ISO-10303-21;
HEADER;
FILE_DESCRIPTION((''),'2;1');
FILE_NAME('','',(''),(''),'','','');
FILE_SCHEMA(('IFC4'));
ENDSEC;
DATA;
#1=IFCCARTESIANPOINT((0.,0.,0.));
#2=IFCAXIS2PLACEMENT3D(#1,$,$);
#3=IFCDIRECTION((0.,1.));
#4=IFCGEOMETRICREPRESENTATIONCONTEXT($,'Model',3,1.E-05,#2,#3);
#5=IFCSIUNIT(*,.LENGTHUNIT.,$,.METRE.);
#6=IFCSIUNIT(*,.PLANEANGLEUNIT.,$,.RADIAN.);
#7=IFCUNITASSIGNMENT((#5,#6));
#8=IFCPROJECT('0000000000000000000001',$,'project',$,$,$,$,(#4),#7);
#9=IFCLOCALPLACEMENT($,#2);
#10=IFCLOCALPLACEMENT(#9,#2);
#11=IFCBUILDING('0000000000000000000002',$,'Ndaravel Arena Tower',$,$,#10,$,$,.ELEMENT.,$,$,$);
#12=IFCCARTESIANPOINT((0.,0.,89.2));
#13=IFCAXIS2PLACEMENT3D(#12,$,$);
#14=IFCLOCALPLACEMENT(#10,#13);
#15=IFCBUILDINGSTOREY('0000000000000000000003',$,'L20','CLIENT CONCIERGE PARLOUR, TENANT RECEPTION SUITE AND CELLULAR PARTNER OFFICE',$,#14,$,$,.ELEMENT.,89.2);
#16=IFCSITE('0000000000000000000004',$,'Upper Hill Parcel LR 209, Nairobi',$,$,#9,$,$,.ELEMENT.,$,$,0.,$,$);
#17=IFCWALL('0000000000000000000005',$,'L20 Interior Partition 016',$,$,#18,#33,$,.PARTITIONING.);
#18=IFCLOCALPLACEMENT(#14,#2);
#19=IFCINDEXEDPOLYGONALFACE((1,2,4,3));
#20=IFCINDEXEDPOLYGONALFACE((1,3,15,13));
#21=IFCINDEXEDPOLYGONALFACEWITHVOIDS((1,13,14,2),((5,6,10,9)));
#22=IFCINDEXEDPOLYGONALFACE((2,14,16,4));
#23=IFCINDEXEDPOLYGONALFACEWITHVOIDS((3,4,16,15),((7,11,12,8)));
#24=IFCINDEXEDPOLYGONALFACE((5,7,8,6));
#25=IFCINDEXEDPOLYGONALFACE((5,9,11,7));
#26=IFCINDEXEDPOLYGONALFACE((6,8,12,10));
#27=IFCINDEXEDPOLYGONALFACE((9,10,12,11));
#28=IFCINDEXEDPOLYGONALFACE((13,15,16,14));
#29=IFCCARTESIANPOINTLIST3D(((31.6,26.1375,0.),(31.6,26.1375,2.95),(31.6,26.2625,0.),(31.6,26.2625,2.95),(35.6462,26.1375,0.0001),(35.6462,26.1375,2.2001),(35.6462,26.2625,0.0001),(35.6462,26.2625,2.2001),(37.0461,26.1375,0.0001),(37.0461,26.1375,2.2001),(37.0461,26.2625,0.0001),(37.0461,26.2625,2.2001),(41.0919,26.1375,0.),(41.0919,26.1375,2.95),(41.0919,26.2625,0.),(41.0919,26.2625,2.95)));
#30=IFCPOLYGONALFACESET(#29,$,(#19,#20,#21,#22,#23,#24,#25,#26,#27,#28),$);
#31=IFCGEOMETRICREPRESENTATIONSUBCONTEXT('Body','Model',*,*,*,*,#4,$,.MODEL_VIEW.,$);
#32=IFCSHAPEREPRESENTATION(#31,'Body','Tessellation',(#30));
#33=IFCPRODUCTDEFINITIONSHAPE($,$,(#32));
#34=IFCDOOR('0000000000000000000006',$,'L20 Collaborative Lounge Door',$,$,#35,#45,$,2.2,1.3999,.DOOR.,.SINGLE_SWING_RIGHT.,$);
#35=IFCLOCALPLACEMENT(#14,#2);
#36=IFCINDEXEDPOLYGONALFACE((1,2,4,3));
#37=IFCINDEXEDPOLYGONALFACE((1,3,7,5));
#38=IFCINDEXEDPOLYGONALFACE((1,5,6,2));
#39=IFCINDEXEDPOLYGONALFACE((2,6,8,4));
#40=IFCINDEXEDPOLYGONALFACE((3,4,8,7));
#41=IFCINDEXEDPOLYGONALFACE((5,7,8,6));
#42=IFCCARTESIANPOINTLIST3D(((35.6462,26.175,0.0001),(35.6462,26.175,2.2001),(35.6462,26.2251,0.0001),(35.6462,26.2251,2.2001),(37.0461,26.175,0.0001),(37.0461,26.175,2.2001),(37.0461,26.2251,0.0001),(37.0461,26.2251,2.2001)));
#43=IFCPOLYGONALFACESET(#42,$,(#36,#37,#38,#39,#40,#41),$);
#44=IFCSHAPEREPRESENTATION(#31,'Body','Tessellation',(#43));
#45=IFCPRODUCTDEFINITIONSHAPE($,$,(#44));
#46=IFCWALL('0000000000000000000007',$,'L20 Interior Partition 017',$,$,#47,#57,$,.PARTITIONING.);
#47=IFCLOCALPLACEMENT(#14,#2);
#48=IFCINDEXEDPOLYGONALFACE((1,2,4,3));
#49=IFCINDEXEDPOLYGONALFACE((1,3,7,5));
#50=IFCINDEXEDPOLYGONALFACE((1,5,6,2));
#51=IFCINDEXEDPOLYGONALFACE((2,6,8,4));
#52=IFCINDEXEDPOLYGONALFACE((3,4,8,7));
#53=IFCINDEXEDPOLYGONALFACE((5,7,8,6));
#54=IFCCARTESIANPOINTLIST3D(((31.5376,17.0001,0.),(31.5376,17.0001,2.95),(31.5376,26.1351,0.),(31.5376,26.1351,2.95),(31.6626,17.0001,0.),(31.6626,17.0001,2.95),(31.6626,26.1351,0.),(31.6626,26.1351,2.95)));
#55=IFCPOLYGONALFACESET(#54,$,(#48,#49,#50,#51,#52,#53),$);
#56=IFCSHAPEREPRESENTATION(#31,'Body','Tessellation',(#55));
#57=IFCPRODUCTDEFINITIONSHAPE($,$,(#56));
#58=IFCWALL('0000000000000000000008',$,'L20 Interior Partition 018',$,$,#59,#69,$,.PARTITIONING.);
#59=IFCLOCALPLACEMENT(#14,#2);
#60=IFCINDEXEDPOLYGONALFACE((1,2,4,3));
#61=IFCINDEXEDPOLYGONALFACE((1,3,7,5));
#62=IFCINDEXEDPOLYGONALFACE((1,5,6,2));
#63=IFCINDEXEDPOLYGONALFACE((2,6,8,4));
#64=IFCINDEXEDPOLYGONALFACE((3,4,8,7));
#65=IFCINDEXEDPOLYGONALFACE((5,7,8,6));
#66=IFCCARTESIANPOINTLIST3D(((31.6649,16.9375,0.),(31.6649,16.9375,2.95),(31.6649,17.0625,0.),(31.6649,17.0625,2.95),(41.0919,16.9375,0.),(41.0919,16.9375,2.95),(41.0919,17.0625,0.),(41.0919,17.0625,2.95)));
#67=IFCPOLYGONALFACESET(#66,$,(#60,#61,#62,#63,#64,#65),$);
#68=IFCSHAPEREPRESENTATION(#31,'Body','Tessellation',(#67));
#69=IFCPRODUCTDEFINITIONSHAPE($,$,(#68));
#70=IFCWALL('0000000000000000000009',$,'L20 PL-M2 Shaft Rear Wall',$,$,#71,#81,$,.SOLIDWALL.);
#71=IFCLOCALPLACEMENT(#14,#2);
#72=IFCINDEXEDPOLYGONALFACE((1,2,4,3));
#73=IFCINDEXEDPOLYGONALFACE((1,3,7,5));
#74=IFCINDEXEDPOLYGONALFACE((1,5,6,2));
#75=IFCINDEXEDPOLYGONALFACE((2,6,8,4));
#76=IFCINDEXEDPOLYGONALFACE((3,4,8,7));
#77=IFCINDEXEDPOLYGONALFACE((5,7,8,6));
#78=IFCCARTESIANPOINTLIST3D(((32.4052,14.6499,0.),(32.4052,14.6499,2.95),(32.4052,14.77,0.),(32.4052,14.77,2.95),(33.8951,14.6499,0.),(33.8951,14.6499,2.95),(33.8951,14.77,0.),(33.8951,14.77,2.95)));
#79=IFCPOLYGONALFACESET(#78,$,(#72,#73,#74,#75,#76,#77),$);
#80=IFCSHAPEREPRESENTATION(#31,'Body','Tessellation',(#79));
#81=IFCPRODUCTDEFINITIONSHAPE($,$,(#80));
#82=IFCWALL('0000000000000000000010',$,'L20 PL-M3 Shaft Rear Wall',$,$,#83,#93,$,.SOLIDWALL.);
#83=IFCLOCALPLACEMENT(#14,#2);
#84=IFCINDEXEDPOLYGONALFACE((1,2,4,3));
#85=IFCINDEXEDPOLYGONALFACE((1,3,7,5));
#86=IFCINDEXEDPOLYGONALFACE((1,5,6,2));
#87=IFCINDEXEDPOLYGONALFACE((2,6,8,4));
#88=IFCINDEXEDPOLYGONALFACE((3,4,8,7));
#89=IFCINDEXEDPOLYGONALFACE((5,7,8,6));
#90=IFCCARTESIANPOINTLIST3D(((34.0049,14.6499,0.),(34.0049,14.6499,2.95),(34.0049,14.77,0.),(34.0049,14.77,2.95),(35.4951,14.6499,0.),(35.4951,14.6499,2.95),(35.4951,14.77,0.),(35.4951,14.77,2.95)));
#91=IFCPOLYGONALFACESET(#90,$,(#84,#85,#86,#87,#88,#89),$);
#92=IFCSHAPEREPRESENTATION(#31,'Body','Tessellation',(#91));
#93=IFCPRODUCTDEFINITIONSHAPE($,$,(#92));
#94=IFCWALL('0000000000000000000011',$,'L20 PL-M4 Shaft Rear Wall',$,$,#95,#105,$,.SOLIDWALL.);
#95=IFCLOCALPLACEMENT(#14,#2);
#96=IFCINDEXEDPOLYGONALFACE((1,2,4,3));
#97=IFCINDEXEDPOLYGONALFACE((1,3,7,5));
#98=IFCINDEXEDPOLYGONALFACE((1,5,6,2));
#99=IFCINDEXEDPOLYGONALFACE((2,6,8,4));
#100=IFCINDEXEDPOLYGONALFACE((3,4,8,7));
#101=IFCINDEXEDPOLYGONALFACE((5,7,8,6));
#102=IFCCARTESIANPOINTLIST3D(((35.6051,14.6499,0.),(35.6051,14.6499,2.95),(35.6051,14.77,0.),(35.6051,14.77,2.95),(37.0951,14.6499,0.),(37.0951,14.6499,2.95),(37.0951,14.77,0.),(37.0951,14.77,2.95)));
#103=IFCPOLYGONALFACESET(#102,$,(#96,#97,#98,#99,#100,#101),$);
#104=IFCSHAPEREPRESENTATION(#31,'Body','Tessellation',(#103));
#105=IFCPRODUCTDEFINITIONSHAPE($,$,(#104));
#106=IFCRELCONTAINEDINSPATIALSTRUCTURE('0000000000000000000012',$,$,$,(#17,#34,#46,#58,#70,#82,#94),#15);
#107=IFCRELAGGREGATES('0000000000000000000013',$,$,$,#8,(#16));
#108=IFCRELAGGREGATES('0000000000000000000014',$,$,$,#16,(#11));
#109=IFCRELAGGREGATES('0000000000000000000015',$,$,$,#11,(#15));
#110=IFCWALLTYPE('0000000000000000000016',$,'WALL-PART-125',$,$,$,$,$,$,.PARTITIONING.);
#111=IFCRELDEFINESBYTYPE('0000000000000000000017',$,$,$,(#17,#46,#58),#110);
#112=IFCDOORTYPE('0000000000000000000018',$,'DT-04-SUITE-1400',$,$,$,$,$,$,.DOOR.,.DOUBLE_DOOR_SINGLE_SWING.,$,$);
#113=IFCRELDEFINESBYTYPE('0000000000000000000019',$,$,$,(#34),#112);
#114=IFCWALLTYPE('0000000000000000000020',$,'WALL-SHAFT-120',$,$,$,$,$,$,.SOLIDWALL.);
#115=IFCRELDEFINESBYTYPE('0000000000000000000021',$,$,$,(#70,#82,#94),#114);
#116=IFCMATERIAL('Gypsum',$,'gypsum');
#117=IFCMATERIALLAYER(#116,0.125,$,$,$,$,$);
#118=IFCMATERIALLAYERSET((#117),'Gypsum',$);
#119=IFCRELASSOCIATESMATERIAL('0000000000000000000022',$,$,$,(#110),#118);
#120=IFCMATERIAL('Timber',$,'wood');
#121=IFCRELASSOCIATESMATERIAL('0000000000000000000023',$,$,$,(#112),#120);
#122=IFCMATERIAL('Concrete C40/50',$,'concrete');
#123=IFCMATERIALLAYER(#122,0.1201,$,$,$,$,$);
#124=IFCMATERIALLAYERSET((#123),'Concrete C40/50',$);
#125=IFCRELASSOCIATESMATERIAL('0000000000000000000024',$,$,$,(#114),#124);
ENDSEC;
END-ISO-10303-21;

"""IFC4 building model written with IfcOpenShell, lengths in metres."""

from ifc_helpers import new_model, si_unit, direction, frame, frame_2d, origin, place, context, subcontext, project, spatial, rectangle, extrude, material, layer, layer_set, type_object, element, fill, save


model = new_model("IFC4")

# Units and contexts
model_context = context("Model", 3, precision=1e-05, world=origin(), true_north=direction((0.0, 1.0)))
body_context = subcontext(model_context, "Body", "Model", "MODEL_VIEW")
ifc_project = project(units=[si_unit("LENGTHUNIT", "METRE"), si_unit("PLANEANGLEUNIT", "RADIAN")], contexts=[model_context])

# Site, building, storey
site_placement = place(None, origin())
site = spatial("IfcSite", under=ifc_project, at=site_placement, Name="Upper Hill Parcel LR 209, Nairobi", CompositionType="ELEMENT", RefElevation=0.0)
building_placement = place(site_placement, origin())
building = spatial("IfcBuilding", under=site, at=building_placement, Name="Ndaravel Arena Tower", CompositionType="ELEMENT")
storey_placement = place(building_placement, frame((0.0, 0.0, 89.2)))
storey = spatial("IfcBuildingStorey", under=building, at=storey_placement, Name="L20", Description="CLIENT CONCIERGE PARLOUR, TENANT RECEPTION SUITE AND CELLULAR PARTNER OFFICE", CompositionType="ELEMENT", Elevation=89.2)

# Wall, opening, door
ifc_material_1 = material(Name="Gypsum", Category="gypsum")
ifc_layer_1 = layer(ifc_material_1, 0.125)
ifc_layer_set_1 = layer_set([ifc_layer_1], Name="Gypsum")
wall_type_1 = type_object("IfcWallType", Name="WALL-PART-125", PredefinedType="PARTITIONING", material=ifc_layer_set_1)
wall_1_placement = place(storey_placement, frame((41.092, 26.2, 0.0), z_axis=(0.0, 0.0, 1.0), x_axis=(-1.0, 0.0, 0.0)))
wall_1 = element("IfcWall", 1, at=wall_1_placement, inside=storey, type_object=wall_type_1, Name="L20 Interior Partition 016", PredefinedType="PARTITIONING", context=body_context, shape_type="SweptSolid", body=[
    extrude(rectangle(XDim=9.4919, YDim=0.125, at=frame_2d((4.7461, 0.0))), origin(), (0.0, 0.0, 1.0), 2.95),
])
opening_placement = place(wall_1_placement, frame((4.0459, 0.0, 0.0)))
opening = element("IfcOpeningElement", 2, at=opening_placement, cuts=wall_1, PredefinedType="OPENING", context=body_context, shape_type="SweptSolid", body=[
    extrude(rectangle(XDim=1.3999, YDim=2.2, at=frame_2d((0.7, 1.1001))), frame((0.0, 0.0625, 0.0), z_axis=(0.0, -1.0, 0.0), x_axis=(1.0, 0.0, 0.0)), (0.0, 0.0, 1.0), 0.125),
])
ifc_material_2 = material(Name="Timber", Category="wood")
door_type = type_object("IfcDoorType", Name="DT-04-SUITE-1400", OperationType="DOUBLE_DOOR_SINGLE_SWING", PredefinedType="DOOR", material=ifc_material_2)
door_placement = place(opening_placement, origin())
door = element("IfcDoor", 3, at=door_placement, inside=storey, type_object=door_type, Name="L20 Collaborative Lounge Door", OperationType="SINGLE_SWING_RIGHT", OverallHeight=2.2, OverallWidth=1.3999, PredefinedType="DOOR", context=body_context, shape_type="SweptSolid", body=[
    extrude(rectangle(XDim=1.3999, YDim=2.2, at=frame_2d((0.7, 1.1001))), frame((0.0, 0.0249, 0.0), z_axis=(0.0, -1.0, 0.0), x_axis=(1.0, 0.0, 0.0)), (0.0, 0.0, 1.0), 0.05),
])
fill(opening, door)

# Walls
wall_2_placement = place(storey_placement, frame((31.6001, 26.135, 0.0), z_axis=(0.0, 0.0, 1.0), x_axis=(0.0, -1.0, 0.0)))
element("IfcWall", 4, at=wall_2_placement, inside=storey, type_object=wall_type_1, Name="L20 Interior Partition 017", PredefinedType="PARTITIONING", context=body_context, shape_type="SweptSolid", body=[
    extrude(rectangle(XDim=9.135, YDim=0.125, at=frame_2d((4.5674, 0.0))), origin(), (0.0, 0.0, 1.0), 2.95),
])
wall_3_placement = place(storey_placement, frame((31.665, 17.0, 0.0), z_axis=(0.0, 0.0, 1.0), x_axis=(1.0, 0.0, 0.0)))
element("IfcWall", 5, at=wall_3_placement, inside=storey, type_object=wall_type_1, Name="L20 Interior Partition 018", PredefinedType="PARTITIONING", context=body_context, shape_type="SweptSolid", body=[
    extrude(rectangle(XDim=9.427, YDim=0.125, at=frame_2d((4.7134, 0.0))), origin(), (0.0, 0.0, 1.0), 2.95),
])
ifc_material_3 = material(Name="Concrete C40/50", Category="concrete")
ifc_layer_2 = layer(ifc_material_3, 0.1201)
ifc_layer_set_2 = layer_set([ifc_layer_2], Name="Concrete C40/50")
wall_type_2 = type_object("IfcWallType", Name="WALL-SHAFT-120", PredefinedType="SOLIDWALL", material=ifc_layer_set_2)
wall_4_placement = place(storey_placement, frame((32.405, 14.71, 0.0), z_axis=(0.0, 0.0, 1.0), x_axis=(1.0, 0.0, 0.0)))
element("IfcWall", 6, at=wall_4_placement, inside=storey, type_object=wall_type_2, Name="L20 PL-M2 Shaft Rear Wall", PredefinedType="SOLIDWALL", context=body_context, shape_type="SweptSolid", body=[
    extrude(rectangle(XDim=1.49, YDim=0.1201, at=frame_2d((0.7451, 0.0))), origin(), (0.0, 0.0, 1.0), 2.95),
])
wall_5_placement = place(storey_placement, frame((34.0049, 14.71, 0.0), z_axis=(0.0, 0.0, 1.0), x_axis=(1.0, 0.0, 0.0)))
element("IfcWall", 7, at=wall_5_placement, inside=storey, type_object=wall_type_2, Name="L20 PL-M3 Shaft Rear Wall", PredefinedType="SOLIDWALL", context=body_context, shape_type="SweptSolid", body=[
    extrude(rectangle(XDim=1.4902, YDim=0.1201, at=frame_2d((0.7451, 0.0))), origin(), (0.0, 0.0, 1.0), 2.95),
])
wall_6_placement = place(storey_placement, frame((35.605, 14.71, 0.0), z_axis=(0.0, 0.0, 1.0), x_axis=(1.0, 0.0, 0.0)))
element("IfcWall", 8, at=wall_6_placement, inside=storey, type_object=wall_type_2, Name="L20 PL-M4 Shaft Rear Wall", PredefinedType="SOLIDWALL", context=body_context, shape_type="SweptSolid", body=[
    extrude(rectangle(XDim=1.49, YDim=0.1201, at=frame_2d((0.7451, 0.0))), origin(), (0.0, 0.0, 1.0), 2.95),
])

save(model, "model.ifc")
